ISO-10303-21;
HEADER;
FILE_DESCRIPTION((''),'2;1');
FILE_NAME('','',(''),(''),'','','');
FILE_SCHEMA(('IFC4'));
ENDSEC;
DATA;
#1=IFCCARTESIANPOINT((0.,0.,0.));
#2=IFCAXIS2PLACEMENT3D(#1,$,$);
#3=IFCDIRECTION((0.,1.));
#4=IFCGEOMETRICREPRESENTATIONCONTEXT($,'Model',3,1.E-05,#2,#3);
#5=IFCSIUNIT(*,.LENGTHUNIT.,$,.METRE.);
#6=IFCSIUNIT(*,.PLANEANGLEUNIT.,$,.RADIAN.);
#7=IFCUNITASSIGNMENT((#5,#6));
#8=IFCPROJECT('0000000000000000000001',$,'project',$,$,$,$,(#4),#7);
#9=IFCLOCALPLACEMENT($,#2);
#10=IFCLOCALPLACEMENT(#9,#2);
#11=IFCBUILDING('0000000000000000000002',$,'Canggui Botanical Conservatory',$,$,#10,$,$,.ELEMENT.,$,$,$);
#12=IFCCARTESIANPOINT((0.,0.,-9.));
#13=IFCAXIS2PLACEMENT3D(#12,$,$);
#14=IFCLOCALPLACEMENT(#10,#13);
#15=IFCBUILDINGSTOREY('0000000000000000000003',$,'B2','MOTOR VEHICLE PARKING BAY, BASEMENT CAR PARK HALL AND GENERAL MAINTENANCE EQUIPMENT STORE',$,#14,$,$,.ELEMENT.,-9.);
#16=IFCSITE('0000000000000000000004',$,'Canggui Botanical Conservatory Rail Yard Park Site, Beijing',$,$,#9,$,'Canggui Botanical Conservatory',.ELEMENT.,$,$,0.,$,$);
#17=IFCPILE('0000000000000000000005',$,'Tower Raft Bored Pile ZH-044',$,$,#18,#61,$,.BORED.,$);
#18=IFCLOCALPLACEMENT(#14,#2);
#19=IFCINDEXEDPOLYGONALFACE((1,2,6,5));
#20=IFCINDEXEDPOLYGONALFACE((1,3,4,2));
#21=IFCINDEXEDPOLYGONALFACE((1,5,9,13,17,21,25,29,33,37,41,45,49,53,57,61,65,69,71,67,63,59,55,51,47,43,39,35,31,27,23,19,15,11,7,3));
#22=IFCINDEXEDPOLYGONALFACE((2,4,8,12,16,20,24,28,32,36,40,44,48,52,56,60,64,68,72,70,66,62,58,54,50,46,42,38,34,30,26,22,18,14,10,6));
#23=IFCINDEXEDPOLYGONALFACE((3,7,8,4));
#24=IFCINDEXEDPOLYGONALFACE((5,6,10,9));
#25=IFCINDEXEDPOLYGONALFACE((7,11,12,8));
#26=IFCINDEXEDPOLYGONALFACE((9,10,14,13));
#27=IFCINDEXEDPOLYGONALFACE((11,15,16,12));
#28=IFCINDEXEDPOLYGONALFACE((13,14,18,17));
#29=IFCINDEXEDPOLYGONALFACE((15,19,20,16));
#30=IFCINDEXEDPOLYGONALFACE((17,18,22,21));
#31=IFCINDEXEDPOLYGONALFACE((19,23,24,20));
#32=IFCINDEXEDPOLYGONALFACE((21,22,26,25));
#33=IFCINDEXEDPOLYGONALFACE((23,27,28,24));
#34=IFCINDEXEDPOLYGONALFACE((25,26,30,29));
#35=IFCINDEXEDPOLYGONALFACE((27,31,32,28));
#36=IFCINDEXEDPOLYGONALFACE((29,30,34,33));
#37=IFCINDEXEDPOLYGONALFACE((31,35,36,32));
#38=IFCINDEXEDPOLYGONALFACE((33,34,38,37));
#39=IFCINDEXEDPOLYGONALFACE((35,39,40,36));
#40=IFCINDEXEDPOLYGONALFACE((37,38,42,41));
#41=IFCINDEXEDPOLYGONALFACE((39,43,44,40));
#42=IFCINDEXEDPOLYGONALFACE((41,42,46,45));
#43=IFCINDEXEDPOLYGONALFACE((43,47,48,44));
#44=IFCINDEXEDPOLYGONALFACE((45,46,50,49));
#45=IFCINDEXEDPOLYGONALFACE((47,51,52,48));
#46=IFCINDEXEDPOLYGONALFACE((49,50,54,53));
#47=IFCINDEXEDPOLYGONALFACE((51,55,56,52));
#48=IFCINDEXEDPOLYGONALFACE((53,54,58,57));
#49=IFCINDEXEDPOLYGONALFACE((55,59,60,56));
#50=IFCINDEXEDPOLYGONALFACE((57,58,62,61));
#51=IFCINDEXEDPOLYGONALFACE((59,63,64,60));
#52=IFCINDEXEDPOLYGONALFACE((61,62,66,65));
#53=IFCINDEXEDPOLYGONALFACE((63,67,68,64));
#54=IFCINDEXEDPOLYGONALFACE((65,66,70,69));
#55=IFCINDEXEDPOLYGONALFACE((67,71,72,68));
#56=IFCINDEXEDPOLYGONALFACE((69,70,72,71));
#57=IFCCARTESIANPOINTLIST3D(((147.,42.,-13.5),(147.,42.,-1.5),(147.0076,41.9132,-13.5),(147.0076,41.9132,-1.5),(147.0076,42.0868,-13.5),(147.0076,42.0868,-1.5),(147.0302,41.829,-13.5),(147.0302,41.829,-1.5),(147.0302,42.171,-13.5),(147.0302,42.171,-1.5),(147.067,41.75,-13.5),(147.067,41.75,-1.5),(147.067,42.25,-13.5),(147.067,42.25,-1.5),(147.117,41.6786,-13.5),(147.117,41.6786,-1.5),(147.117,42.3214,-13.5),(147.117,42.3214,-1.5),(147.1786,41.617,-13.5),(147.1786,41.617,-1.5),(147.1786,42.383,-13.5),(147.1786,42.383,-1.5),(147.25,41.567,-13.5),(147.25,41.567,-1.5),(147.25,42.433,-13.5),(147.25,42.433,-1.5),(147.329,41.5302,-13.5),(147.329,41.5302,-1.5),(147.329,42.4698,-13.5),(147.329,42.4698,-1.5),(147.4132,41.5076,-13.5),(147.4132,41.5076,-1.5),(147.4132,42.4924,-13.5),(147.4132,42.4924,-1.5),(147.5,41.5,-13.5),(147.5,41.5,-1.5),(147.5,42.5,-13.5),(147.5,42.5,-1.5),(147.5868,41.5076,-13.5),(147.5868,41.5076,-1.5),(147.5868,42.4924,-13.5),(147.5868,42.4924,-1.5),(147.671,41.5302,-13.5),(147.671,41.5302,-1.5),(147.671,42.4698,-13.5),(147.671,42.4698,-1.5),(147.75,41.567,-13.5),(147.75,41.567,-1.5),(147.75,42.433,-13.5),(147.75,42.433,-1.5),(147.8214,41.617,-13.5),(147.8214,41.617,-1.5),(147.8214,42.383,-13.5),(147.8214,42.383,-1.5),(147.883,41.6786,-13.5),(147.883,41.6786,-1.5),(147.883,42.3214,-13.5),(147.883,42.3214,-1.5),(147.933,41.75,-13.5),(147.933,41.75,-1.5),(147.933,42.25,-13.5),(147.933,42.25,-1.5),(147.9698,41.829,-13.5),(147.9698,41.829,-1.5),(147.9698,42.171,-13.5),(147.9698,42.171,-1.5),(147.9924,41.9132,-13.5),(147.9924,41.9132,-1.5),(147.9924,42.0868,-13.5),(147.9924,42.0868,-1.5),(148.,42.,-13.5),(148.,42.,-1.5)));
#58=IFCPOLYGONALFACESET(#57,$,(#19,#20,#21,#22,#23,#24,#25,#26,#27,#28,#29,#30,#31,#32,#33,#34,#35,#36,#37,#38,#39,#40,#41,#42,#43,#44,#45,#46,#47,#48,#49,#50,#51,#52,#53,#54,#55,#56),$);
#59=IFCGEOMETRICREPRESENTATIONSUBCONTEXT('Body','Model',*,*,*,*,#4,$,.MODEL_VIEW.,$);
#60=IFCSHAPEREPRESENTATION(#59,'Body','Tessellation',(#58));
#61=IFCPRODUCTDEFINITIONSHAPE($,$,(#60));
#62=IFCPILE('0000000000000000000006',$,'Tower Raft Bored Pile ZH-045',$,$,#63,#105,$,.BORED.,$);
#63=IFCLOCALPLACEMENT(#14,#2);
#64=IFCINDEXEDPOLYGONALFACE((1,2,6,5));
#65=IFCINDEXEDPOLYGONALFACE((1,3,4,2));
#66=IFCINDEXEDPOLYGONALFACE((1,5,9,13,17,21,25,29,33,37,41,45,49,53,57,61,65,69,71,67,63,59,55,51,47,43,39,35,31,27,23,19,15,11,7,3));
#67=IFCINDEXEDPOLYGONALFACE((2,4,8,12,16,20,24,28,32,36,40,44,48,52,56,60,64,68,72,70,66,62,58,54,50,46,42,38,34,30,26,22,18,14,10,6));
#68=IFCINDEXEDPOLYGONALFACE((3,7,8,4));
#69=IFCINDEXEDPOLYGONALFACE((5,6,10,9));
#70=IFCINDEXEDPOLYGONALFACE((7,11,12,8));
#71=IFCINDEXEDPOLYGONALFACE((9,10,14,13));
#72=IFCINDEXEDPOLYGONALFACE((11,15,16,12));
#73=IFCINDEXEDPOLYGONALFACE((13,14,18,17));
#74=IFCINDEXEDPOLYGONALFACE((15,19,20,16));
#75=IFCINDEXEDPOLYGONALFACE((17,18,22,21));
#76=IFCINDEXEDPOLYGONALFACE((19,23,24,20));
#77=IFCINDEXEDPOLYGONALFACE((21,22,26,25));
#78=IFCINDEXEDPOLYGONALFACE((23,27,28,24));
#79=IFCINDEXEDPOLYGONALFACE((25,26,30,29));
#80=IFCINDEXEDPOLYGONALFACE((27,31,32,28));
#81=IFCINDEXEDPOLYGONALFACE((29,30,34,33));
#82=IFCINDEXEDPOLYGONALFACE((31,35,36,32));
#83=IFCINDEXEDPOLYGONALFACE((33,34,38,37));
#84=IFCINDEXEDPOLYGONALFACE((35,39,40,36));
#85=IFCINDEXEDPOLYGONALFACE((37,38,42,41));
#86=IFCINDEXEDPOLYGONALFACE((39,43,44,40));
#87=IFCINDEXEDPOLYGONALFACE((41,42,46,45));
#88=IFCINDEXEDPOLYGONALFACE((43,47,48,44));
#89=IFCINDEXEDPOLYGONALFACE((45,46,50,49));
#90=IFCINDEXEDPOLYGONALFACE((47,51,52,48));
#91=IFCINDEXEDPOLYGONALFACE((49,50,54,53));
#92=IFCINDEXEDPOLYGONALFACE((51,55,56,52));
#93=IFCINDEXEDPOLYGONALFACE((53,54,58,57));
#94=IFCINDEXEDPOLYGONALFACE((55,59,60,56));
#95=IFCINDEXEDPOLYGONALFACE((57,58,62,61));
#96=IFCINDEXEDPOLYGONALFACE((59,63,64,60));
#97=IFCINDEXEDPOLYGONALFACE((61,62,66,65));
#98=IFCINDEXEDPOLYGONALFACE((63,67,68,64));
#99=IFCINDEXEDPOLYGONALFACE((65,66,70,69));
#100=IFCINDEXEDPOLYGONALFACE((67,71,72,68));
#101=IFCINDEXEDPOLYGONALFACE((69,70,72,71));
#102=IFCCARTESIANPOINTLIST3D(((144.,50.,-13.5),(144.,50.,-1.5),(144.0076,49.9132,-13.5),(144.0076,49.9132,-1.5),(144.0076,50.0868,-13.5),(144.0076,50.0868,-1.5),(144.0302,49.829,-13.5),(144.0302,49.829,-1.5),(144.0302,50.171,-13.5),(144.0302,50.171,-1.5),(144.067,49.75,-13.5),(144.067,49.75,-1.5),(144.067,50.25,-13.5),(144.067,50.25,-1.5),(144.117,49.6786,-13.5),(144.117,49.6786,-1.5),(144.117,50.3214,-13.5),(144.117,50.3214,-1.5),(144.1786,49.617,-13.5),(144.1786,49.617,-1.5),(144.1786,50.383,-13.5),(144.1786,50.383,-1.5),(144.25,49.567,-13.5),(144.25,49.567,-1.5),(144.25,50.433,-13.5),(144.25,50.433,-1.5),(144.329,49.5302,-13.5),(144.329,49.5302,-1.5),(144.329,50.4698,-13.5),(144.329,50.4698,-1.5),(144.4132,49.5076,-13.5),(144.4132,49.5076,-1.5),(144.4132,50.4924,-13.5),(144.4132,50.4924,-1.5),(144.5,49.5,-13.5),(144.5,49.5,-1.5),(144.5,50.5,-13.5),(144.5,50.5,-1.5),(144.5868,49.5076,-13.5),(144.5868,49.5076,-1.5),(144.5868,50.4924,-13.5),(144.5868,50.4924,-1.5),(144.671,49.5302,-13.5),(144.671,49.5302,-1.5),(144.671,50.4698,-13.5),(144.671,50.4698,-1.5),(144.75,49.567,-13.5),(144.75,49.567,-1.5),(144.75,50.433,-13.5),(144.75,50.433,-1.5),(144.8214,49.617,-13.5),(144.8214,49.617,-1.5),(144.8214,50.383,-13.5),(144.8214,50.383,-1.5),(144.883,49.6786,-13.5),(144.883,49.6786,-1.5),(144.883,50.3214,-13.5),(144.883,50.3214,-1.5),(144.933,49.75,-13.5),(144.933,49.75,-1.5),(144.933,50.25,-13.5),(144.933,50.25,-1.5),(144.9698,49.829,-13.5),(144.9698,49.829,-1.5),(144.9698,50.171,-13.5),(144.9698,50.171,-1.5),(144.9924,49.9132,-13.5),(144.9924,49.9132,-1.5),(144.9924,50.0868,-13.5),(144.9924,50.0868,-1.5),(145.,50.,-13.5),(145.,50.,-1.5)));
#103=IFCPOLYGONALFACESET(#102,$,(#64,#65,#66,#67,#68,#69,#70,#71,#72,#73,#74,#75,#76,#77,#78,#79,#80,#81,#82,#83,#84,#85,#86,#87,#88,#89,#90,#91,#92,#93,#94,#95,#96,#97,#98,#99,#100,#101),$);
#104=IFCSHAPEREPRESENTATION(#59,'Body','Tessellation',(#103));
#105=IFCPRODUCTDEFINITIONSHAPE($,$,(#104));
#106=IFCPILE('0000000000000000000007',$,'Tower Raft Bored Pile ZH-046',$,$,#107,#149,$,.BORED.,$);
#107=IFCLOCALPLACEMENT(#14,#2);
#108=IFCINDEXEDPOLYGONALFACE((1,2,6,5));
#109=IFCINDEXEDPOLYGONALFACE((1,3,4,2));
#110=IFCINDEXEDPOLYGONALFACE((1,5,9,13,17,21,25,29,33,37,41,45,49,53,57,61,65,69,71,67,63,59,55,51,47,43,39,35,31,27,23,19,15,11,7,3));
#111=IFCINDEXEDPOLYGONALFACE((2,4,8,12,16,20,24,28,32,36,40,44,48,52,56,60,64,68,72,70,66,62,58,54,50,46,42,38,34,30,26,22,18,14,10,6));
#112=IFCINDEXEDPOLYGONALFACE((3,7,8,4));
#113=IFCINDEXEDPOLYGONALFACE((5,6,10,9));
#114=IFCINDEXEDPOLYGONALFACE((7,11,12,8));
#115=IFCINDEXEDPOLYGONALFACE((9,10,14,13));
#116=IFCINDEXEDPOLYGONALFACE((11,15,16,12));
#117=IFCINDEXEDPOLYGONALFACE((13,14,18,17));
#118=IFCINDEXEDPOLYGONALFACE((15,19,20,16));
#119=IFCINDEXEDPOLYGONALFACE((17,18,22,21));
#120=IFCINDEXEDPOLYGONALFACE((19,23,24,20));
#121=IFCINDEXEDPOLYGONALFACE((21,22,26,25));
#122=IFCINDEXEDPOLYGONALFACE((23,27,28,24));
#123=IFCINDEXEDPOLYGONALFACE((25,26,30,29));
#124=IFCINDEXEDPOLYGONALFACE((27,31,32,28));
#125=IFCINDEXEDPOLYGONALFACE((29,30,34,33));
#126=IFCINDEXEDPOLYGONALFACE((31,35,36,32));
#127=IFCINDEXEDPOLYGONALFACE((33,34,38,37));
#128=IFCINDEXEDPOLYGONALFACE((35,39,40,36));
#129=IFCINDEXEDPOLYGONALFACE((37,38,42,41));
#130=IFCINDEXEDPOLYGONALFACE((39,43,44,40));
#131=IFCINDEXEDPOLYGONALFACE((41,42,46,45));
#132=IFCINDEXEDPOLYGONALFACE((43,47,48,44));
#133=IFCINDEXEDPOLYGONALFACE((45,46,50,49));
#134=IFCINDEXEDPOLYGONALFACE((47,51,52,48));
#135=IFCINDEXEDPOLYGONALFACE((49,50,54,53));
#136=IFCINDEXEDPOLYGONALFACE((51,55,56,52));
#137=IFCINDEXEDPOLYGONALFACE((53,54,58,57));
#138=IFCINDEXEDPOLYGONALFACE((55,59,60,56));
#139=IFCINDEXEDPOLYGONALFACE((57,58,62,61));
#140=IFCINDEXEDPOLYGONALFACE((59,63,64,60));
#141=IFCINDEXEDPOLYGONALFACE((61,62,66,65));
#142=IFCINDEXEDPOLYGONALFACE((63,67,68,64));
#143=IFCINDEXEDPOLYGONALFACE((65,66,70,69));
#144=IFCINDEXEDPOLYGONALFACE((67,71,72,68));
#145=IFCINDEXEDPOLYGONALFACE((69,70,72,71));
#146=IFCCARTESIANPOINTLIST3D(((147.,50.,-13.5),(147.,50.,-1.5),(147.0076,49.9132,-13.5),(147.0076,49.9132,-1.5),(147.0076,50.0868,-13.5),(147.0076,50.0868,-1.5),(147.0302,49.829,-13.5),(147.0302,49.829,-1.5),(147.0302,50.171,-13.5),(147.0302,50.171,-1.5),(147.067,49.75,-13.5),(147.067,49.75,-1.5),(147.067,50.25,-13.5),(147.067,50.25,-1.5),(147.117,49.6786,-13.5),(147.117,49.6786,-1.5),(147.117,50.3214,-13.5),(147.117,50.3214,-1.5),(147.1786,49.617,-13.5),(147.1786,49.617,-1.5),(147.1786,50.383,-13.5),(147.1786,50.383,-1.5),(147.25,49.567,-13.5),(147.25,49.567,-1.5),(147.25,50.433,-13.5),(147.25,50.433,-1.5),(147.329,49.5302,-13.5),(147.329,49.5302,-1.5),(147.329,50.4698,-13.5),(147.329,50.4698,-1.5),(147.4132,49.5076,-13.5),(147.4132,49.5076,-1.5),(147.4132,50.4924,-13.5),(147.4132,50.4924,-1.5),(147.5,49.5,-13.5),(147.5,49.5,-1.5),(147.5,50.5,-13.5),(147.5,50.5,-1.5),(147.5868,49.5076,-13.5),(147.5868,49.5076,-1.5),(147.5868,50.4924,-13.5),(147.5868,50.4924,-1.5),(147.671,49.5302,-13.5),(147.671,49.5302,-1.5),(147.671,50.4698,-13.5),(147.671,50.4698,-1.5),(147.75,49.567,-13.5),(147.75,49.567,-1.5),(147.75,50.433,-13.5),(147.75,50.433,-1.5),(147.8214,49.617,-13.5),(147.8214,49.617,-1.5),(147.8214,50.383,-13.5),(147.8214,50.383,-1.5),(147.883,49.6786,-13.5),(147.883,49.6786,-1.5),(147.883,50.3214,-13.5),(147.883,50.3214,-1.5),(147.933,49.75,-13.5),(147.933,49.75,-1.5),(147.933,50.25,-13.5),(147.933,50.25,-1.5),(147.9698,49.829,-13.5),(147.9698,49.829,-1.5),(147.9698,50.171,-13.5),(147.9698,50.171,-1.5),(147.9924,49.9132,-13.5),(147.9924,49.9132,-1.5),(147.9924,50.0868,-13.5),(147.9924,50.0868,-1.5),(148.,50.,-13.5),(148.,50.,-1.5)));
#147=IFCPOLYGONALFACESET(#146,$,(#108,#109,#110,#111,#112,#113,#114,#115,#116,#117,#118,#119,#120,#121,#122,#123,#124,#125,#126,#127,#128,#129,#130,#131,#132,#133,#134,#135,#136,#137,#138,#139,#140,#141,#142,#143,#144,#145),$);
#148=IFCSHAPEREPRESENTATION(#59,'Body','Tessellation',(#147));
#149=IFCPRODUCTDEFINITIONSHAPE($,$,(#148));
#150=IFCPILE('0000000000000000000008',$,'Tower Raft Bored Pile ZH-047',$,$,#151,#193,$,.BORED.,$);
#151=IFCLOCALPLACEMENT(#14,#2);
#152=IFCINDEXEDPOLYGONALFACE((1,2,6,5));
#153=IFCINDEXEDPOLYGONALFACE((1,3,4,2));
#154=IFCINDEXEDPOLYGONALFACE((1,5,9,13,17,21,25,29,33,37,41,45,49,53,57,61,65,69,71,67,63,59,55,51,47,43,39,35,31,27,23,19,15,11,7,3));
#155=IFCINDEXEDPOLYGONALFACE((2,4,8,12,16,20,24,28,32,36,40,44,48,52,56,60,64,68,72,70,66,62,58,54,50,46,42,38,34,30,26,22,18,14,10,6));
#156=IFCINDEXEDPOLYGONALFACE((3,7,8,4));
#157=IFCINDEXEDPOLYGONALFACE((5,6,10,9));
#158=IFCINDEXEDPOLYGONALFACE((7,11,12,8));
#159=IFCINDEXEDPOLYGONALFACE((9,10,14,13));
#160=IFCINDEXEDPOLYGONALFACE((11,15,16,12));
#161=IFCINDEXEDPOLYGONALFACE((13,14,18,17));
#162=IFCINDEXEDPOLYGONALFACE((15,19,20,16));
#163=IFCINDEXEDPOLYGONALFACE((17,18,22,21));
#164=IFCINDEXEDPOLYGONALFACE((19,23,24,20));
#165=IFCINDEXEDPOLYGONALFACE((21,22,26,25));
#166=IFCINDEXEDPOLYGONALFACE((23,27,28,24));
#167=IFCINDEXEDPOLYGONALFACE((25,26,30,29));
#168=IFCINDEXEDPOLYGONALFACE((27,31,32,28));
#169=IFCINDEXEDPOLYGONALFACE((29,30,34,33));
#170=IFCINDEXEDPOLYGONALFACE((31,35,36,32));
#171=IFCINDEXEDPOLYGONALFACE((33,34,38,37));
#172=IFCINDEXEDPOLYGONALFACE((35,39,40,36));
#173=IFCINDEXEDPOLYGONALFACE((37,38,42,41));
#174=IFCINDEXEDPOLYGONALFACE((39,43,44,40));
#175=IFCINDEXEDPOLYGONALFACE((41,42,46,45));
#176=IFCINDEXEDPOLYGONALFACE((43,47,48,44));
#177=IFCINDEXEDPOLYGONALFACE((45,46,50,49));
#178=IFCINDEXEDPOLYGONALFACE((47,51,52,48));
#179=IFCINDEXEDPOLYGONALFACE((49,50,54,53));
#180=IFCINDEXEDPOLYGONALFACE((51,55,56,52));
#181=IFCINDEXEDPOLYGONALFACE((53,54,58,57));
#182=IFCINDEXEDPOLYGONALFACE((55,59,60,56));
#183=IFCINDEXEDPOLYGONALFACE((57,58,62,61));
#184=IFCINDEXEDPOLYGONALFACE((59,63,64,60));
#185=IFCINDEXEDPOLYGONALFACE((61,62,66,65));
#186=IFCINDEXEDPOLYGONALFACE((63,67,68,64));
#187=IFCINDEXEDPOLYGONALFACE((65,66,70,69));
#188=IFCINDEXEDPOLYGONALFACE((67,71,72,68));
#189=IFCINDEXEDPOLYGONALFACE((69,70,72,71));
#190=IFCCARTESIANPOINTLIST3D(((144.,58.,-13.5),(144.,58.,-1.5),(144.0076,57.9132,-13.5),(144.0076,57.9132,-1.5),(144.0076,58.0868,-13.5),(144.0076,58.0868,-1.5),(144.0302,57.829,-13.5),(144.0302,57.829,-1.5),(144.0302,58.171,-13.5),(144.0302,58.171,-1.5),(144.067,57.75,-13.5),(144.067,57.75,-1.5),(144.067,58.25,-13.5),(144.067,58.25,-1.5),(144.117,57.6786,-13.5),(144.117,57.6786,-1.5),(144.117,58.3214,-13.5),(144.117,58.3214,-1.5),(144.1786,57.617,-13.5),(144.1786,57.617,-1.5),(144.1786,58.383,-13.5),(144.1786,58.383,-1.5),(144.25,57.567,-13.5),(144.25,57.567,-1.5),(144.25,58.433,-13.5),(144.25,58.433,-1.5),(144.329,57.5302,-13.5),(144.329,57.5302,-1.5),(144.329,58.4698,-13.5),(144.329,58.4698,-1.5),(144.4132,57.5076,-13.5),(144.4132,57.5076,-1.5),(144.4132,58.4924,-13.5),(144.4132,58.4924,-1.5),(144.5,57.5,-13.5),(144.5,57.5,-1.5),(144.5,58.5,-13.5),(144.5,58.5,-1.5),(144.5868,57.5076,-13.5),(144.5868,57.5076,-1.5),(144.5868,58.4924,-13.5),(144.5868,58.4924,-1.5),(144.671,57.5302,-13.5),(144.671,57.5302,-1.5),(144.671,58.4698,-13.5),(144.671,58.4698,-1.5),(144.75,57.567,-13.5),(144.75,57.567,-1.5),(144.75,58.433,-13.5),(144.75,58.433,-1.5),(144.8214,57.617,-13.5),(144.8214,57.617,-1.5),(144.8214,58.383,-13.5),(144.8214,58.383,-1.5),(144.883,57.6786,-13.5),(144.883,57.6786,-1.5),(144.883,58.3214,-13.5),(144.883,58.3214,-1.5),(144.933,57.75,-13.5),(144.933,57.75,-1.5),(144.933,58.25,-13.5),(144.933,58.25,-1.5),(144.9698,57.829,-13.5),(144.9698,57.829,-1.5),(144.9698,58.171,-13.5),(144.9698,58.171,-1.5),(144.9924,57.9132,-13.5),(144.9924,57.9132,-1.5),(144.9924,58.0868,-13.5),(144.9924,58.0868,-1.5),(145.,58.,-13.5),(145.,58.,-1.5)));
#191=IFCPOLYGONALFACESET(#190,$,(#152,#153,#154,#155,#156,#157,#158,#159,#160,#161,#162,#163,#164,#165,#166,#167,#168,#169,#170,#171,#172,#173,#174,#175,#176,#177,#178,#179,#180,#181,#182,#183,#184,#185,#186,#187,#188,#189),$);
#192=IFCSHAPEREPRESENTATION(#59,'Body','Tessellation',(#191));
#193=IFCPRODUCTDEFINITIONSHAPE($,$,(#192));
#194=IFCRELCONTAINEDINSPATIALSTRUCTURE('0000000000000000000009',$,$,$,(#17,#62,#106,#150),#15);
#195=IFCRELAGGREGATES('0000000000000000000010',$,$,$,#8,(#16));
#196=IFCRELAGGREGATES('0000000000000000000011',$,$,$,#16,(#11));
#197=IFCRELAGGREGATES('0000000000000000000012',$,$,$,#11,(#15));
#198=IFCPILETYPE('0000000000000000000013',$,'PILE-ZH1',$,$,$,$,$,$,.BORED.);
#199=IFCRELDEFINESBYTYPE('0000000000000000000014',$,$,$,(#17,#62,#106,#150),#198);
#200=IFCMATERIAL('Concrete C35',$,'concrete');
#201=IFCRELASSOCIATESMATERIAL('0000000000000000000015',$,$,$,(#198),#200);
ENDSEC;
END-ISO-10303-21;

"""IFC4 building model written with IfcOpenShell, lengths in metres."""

from ifc_helpers import new_model, si_unit, direction, frame, origin, origin_2d, place, context, subcontext, project, spatial, circle, extrude, material, material_profile, profile_set, type_object, element, save


model = new_model("IFC4")

# Units and contexts
model_context = context("Model", 3, precision=1e-05, world=origin(), true_north=direction((0.0, 1.0)))
body_context = subcontext(model_context, "Body", "Model", "MODEL_VIEW")
ifc_project = project(units=[si_unit("LENGTHUNIT", "METRE"), si_unit("PLANEANGLEUNIT", "RADIAN")], contexts=[model_context])

# Site, building, storey
site_placement = place(None, origin())
site = spatial("IfcSite", under=ifc_project, at=site_placement, Name="Canggui Botanical Conservatory Rail Yard Park Site, Beijing", LongName="Canggui Botanical Conservatory", CompositionType="ELEMENT", RefElevation=0.0)
building_placement = place(site_placement, origin())
building = spatial("IfcBuilding", under=site, at=building_placement, Name="Canggui Botanical Conservatory", CompositionType="ELEMENT")
storey_placement = place(building_placement, frame((0.0, 0.0, -9.0)))
storey = spatial("IfcBuildingStorey", under=building, at=storey_placement, Name="B2", Description="MOTOR VEHICLE PARKING BAY, BASEMENT CAR PARK HALL AND GENERAL MAINTENANCE EQUIPMENT STORE", CompositionType="ELEMENT", Elevation=-9.0)

# Piles
ifc_material_1 = material(Name="Concrete C35", Category="concrete")
ifc_material_profile_1 = material_profile(ifc_material_1, circle(Radius=0.5, at=origin_2d()), Name="PILE D1000")
ifc_profile_set_1 = profile_set([ifc_material_profile_1], Name="Concrete C35")
pile_type = type_object("IfcPileType", Name="PILE-ZH1", PredefinedType="BORED", material=ifc_profile_set_1)
for number, where, z_axis, x_axis, name in (
    (1, (147.5, 42.0, -1.5), (0.0, 0.0, -1.0), (1.0, 0.0, 0.0), "Tower Raft Bored Pile ZH-044"),
    (2, (144.5, 50.0, -1.5), (0.0, 0.0, -1.0), (1.0, 0.0, 0.0), "Tower Raft Bored Pile ZH-045"),
    (3, (147.5, 50.0, -1.5), (0.0, 0.0, -1.0), (1.0, 0.0, 0.0), "Tower Raft Bored Pile ZH-046"),
    (4, (144.5, 58.0, -1.5), (0.0, 0.0, -1.0), (1.0, 0.0, 0.0), "Tower Raft Bored Pile ZH-047"),
):
    element("IfcPile", number, at=place(storey_placement, frame(where, z_axis=z_axis, x_axis=x_axis)), inside=storey, type_object=pile_type, Name=name, PredefinedType="BORED", context=body_context, shape_type="SweptSolid", body=[
        extrude(circle(Radius=0.5, at=origin_2d()), origin(), (0.0, 0.0, 1.0), 12.0),
    ])

save(model, "model.ifc")
